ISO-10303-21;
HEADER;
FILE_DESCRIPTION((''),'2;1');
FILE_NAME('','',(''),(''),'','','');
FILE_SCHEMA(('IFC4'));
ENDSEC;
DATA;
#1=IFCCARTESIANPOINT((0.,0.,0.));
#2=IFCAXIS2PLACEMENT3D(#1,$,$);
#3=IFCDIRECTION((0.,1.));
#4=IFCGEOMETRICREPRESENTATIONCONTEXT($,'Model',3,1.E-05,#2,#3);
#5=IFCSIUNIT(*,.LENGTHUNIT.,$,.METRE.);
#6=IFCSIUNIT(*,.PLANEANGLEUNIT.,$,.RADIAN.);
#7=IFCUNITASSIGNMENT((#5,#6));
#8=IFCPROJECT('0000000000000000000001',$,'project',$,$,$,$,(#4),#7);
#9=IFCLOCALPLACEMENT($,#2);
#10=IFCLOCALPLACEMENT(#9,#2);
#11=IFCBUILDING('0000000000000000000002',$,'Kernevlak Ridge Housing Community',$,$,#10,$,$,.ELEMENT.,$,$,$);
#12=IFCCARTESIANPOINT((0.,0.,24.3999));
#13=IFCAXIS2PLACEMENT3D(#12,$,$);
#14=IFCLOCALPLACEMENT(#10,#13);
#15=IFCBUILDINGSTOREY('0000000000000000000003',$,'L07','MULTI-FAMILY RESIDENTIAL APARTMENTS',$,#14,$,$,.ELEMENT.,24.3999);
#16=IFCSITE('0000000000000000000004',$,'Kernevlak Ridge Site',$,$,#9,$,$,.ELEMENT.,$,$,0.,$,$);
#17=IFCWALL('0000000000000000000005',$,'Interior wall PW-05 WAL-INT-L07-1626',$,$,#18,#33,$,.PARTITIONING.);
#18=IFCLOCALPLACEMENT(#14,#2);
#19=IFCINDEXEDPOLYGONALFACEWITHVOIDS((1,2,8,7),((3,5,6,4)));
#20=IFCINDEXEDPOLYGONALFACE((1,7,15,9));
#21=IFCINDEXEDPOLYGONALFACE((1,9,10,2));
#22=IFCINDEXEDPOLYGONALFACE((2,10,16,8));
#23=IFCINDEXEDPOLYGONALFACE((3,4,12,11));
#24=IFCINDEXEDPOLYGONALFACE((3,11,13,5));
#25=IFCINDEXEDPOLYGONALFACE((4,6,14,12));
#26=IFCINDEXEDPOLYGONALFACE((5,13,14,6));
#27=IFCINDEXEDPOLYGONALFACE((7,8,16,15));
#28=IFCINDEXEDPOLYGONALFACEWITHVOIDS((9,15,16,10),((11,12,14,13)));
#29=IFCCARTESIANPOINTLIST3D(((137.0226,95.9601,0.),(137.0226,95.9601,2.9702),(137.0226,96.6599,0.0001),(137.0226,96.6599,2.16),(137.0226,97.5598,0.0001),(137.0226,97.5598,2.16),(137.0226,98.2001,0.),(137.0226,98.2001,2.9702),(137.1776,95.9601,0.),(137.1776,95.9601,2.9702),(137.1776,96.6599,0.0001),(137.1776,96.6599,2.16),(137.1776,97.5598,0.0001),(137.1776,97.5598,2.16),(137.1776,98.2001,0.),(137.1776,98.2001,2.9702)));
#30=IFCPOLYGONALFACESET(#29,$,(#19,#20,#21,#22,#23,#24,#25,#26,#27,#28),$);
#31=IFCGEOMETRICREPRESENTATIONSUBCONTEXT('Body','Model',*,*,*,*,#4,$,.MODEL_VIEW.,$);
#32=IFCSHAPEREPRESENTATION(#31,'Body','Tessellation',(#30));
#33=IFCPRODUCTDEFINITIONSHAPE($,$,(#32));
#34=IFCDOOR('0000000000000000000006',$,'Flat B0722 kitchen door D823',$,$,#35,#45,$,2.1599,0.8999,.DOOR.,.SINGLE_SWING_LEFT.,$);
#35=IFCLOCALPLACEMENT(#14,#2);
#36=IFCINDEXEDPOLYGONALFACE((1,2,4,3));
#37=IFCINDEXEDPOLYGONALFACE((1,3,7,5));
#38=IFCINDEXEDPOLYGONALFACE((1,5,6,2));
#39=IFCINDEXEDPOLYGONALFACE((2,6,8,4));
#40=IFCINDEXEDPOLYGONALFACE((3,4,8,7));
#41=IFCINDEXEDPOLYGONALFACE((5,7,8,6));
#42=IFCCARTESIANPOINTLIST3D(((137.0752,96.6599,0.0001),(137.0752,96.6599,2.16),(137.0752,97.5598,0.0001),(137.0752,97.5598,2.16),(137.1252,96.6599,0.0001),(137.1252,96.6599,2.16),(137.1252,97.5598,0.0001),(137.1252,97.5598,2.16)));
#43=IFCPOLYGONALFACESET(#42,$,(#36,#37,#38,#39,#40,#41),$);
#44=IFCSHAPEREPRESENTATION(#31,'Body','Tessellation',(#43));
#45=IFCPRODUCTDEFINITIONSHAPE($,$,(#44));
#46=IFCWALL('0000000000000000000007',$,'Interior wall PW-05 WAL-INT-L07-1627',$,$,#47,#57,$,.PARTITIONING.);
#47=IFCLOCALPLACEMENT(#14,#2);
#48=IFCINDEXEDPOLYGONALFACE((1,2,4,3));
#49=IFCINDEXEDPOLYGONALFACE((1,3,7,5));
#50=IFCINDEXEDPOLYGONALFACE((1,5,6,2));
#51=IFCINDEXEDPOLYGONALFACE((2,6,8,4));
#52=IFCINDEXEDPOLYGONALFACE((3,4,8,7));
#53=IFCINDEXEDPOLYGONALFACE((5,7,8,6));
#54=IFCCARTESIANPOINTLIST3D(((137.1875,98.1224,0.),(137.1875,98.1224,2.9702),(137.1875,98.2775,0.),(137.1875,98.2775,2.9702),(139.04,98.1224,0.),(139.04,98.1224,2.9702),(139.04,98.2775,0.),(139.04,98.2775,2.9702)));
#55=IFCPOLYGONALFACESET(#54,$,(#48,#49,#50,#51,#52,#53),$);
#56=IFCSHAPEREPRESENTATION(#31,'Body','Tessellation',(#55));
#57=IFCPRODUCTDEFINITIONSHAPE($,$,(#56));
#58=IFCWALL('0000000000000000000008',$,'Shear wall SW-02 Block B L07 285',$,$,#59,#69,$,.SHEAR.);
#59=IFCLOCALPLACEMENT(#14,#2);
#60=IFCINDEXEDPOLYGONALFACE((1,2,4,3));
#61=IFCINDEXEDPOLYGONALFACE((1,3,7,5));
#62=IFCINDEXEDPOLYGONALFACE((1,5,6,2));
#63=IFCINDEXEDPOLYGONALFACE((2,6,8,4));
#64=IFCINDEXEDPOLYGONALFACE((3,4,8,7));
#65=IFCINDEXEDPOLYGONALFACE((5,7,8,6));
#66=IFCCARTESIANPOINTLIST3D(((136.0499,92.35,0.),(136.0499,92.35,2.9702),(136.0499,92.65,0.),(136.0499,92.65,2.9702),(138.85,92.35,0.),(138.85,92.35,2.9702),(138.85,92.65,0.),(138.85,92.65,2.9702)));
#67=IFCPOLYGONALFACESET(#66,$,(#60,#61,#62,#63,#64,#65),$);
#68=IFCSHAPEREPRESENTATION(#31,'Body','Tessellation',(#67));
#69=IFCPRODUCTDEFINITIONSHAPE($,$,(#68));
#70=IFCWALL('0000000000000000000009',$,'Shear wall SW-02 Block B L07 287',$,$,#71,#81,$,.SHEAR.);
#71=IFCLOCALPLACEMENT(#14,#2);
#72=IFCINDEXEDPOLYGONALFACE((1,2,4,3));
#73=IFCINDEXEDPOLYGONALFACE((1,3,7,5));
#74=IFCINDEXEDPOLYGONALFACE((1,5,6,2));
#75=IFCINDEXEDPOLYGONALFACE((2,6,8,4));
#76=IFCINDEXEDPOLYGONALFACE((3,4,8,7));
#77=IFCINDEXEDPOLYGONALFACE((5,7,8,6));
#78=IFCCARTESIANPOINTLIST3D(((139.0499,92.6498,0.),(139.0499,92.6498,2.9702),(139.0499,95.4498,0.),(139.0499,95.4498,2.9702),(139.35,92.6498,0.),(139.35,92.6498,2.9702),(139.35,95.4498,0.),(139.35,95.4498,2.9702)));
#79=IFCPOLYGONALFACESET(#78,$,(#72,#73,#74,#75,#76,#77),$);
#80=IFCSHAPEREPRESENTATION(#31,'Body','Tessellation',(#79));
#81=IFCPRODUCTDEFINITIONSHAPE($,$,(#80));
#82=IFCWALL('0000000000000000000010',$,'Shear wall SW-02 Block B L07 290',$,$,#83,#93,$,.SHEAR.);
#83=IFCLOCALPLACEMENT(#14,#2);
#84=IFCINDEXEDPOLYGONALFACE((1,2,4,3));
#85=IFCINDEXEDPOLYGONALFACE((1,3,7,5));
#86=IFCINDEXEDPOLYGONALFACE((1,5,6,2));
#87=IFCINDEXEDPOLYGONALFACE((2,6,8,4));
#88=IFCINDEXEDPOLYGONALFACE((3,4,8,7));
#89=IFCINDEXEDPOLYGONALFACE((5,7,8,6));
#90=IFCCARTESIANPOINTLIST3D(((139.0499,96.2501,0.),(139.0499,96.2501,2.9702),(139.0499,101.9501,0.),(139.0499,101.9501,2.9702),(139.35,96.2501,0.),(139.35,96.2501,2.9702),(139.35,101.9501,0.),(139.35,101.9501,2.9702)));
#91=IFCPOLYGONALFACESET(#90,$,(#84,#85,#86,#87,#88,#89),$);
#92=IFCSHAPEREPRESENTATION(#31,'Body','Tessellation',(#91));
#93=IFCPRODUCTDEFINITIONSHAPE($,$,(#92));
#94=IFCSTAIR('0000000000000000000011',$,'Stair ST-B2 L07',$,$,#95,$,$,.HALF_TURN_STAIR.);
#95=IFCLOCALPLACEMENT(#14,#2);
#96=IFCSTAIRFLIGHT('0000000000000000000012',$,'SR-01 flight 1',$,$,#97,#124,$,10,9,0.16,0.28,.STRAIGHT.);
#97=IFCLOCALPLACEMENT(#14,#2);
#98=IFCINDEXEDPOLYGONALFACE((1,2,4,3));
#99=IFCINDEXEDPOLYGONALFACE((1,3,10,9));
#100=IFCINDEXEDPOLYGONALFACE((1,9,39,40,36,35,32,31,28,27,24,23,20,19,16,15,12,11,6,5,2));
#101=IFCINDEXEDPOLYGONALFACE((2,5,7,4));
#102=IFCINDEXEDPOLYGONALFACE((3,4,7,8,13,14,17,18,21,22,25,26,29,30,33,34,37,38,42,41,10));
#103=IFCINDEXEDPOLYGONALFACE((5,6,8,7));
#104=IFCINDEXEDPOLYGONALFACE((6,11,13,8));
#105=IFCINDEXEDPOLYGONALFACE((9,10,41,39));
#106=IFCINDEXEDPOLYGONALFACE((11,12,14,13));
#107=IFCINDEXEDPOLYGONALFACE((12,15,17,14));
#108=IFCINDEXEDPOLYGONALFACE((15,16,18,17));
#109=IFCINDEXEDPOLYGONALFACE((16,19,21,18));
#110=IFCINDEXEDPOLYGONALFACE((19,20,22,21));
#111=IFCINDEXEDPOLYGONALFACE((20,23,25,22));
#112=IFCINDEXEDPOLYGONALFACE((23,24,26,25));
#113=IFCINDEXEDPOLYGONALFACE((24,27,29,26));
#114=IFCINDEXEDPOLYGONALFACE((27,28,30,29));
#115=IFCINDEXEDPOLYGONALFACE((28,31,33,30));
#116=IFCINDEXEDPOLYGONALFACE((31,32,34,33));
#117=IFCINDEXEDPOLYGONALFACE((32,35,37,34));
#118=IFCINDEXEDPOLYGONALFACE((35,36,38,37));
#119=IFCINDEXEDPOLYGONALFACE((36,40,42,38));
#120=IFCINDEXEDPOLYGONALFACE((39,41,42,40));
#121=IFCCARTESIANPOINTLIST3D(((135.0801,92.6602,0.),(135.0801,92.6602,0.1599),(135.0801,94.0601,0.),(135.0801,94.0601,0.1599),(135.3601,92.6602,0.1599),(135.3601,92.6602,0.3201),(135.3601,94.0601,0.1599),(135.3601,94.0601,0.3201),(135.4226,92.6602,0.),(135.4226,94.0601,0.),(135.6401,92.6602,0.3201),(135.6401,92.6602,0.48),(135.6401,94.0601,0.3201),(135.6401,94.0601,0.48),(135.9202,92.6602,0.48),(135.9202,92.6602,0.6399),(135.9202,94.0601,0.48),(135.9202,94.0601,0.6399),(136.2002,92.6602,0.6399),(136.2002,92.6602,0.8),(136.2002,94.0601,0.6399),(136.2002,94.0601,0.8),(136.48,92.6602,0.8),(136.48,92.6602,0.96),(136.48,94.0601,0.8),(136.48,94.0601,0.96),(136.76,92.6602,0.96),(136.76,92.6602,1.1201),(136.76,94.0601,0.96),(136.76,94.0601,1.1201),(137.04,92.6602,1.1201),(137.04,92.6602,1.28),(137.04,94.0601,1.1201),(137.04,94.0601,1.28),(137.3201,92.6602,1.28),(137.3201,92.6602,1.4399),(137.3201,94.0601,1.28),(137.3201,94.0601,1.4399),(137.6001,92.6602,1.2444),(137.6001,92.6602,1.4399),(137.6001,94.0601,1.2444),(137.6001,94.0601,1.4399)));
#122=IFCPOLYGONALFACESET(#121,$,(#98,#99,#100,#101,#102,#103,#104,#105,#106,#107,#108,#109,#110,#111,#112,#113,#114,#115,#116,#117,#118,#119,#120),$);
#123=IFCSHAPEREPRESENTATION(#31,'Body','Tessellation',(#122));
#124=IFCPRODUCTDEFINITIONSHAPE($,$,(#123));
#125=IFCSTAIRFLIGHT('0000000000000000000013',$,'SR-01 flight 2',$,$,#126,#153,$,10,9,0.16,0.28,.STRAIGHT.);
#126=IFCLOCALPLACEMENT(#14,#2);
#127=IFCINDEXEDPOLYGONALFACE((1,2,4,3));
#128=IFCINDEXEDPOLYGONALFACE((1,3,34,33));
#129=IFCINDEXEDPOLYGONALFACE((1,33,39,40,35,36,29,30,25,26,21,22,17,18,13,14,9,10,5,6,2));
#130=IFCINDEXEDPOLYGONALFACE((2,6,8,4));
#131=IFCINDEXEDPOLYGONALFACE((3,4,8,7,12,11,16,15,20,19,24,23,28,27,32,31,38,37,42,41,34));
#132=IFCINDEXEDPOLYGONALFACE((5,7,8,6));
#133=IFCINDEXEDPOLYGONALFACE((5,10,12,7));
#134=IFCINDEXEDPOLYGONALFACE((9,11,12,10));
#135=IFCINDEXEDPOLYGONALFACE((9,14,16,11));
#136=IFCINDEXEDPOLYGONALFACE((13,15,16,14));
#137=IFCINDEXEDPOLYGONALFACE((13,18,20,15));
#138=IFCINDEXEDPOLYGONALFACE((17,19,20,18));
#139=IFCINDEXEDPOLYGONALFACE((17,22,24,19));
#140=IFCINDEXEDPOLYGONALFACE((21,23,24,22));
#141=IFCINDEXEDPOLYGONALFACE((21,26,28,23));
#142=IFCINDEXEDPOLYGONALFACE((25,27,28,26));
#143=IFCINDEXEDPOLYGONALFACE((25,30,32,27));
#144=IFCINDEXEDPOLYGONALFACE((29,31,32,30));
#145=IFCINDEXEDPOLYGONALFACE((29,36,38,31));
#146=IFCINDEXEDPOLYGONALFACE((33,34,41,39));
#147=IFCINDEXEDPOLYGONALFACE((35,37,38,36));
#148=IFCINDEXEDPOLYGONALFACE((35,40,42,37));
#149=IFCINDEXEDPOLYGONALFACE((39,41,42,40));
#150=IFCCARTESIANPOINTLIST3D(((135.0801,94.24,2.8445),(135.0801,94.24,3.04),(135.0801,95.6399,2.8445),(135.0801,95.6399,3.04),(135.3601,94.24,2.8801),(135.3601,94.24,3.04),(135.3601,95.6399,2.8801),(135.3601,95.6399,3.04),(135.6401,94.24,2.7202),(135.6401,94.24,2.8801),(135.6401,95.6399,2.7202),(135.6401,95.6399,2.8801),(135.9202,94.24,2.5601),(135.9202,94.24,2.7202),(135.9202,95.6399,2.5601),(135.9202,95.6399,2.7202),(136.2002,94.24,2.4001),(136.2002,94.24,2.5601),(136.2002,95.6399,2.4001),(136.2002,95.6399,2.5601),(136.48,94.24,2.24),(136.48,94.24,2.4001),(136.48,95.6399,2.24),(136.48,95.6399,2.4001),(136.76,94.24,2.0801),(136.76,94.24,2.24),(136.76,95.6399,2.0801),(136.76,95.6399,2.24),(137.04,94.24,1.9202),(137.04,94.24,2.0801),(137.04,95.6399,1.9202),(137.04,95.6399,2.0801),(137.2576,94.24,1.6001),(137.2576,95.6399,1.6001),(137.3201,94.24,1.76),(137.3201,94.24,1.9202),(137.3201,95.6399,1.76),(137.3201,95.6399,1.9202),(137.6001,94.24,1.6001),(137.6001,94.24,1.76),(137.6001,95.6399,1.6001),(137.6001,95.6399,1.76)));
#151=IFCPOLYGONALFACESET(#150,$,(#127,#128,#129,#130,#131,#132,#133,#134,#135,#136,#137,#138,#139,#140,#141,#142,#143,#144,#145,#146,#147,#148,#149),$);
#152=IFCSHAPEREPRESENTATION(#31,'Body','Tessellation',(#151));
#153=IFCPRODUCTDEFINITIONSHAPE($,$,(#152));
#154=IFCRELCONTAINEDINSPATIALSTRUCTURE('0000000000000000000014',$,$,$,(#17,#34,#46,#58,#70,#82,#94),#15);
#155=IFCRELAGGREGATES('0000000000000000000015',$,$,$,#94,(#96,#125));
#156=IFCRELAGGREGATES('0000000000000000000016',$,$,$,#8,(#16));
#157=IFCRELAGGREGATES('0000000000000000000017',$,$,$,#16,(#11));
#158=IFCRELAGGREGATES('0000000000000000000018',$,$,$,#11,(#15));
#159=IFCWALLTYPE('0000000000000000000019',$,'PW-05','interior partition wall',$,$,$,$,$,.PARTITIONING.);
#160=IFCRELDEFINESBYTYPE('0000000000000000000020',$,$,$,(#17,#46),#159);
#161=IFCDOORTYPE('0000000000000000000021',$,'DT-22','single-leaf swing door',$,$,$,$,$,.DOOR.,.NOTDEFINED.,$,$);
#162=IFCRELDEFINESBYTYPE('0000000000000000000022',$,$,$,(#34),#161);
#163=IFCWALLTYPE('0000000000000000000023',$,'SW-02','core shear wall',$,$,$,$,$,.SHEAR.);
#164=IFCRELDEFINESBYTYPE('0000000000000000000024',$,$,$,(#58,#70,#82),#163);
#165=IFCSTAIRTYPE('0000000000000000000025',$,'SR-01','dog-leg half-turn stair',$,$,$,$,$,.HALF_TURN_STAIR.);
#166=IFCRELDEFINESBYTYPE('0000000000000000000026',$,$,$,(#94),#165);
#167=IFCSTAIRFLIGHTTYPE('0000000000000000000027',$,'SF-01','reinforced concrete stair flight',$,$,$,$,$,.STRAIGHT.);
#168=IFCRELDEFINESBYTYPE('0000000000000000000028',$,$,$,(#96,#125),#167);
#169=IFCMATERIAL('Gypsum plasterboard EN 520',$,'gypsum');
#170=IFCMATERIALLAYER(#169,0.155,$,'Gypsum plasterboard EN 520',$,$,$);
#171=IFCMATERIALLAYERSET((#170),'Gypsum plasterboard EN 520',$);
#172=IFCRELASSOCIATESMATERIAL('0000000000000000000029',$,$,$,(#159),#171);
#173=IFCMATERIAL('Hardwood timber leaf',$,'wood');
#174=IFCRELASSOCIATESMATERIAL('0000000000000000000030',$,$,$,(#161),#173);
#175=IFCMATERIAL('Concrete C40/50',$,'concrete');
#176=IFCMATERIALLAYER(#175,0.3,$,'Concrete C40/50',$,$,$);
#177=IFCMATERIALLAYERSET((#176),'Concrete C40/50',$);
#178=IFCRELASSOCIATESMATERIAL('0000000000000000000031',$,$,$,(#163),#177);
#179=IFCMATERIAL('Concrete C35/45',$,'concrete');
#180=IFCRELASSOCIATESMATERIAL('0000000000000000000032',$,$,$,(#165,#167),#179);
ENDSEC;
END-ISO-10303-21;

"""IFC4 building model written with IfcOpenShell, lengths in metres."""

from ifc_helpers import new_model, si_unit, direction, frame, frame_2d, origin, place, context, subcontext, project, spatial, polyline, rectangle, outline, extrude, material, layer, layer_set, type_object, element, fill, aggregate, save


model = new_model("IFC4")

# Units and contexts
model_context = context("Model", 3, precision=1e-05, world=origin(), true_north=direction((0.0, 1.0)))
body_context = subcontext(model_context, "Body", "Model", "MODEL_VIEW")
ifc_project = project(units=[si_unit("LENGTHUNIT", "METRE"), si_unit("PLANEANGLEUNIT", "RADIAN")], contexts=[model_context])

# Site, building, storey
site_placement = place(None, origin())
site = spatial("IfcSite", under=ifc_project, at=site_placement, Name="Kernevlak Ridge Site", CompositionType="ELEMENT", RefElevation=0.0)
building_placement = place(site_placement, origin())
building = spatial("IfcBuilding", under=site, at=building_placement, Name="Kernevlak Ridge Housing Community", CompositionType="ELEMENT")
storey_placement = place(building_placement, frame((0.0, 0.0, 24.3999)))
storey = spatial("IfcBuildingStorey", under=building, at=storey_placement, Name="L07", Description="MULTI-FAMILY RESIDENTIAL APARTMENTS", CompositionType="ELEMENT", Elevation=24.3999)

# Shared definitions
ifc_material_1 = material(Name="Concrete C40/50", Category="concrete")

# Shared definitions
ifc_material_2 = material(Name="Concrete C35/45", Category="concrete")

# Shared definitions
ifc_material_3 = material(Name="Gypsum plasterboard EN 520", Category="gypsum")

# Wall, opening, door
ifc_layer_1 = layer(ifc_material_3, 0.155, Name="Gypsum plasterboard EN 520")
ifc_layer_set_1 = layer_set([ifc_layer_1], Name="Gypsum plasterboard EN 520")
wall_type_1 = type_object("IfcWallType", Name="PW-05", Description="interior partition wall", PredefinedType="PARTITIONING", material=ifc_layer_set_1)
wall_1_placement = place(storey_placement, frame((137.1001, 95.96, 0.0), z_axis=(0.0, 0.0, 1.0), x_axis=(0.0, 1.0, 0.0)))
wall_1 = element("IfcWall", 1, at=wall_1_placement, inside=storey, type_object=wall_type_1, Name="Interior wall PW-05 WAL-INT-L07-1626", PredefinedType="PARTITIONING", context=body_context, shape_type="SweptSolid", body=[
    extrude(rectangle(XDim=2.24, YDim=0.155, at=frame_2d((1.1201, 0.0))), origin(), (0.0, 0.0, 1.0), 2.9702),
])
opening_1_placement = place(wall_1_placement, frame((0.7, 0.0, 0.0)))
opening_1 = element("IfcOpeningElement", 2, at=opening_1_placement, cuts=wall_1, PredefinedType="OPENING", context=body_context, shape_type="SweptSolid", body=[
    extrude(rectangle(XDim=0.8999, YDim=2.1599, at=frame_2d((0.45, 1.0801))), frame((0.0, 0.0874, 0.0), z_axis=(0.0, -1.0, 0.0), x_axis=(1.0, 0.0, 0.0)), (0.0, 0.0, 1.0), 0.175),
])
ifc_material_4 = material(Name="Hardwood timber leaf", Category="wood")
door_type_1 = type_object("IfcDoorType", Name="DT-22", Description="single-leaf swing door", OperationType="NOTDEFINED", PredefinedType="DOOR", material=ifc_material_4)
door_1_placement = place(opening_1_placement, origin())
door_1 = element("IfcDoor", 3, at=door_1_placement, inside=storey, type_object=door_type_1, Name="Flat B0722 kitchen door D823", OperationType="SINGLE_SWING_LEFT", OverallHeight=2.1599, OverallWidth=0.8999, PredefinedType="DOOR", context=body_context, shape_type="SweptSolid", body=[
    extrude(rectangle(XDim=0.8999, YDim=2.1599, at=frame_2d((0.45, 1.0801))), frame((0.0, 0.0249, 0.0), z_axis=(0.0, -1.0, 0.0), x_axis=(1.0, 0.0, 0.0)), (0.0, 0.0, 1.0), 0.05),
])
fill(opening_1, door_1)

# Walls
wall_2_placement = place(storey_placement, frame((137.1875, 98.2, 0.0), z_axis=(0.0, 0.0, 1.0), x_axis=(1.0, 0.0, 0.0)))
element("IfcWall", 4, at=wall_2_placement, inside=storey, type_object=wall_type_1, Name="Interior wall PW-05 WAL-INT-L07-1627", PredefinedType="PARTITIONING", context=body_context, shape_type="SweptSolid", body=[
    extrude(rectangle(XDim=1.8525, YDim=0.155, at=frame_2d((0.9263, 0.0))), origin(), (0.0, 0.0, 1.0), 2.9702),
])
ifc_layer_2 = layer(ifc_material_1, 0.3, Name="Concrete C40/50")
ifc_layer_set_2 = layer_set([ifc_layer_2], Name="Concrete C40/50")
wall_type_2 = type_object("IfcWallType", Name="SW-02", Description="core shear wall", PredefinedType="SHEAR", material=ifc_layer_set_2)
for number, where, z_axis, x_axis, name in (
    (5, (136.05, 92.5, 0.0), (0.0, 0.0, 1.0), (1.0, 0.0, 0.0), "Shear wall SW-02 Block B L07 285"),
    (6, (139.2, 92.6499, 0.0), (0.0, 0.0, 1.0), (0.0, 1.0, 0.0), "Shear wall SW-02 Block B L07 287"),
):
    element("IfcWall", number, at=place(storey_placement, frame(where, z_axis=z_axis, x_axis=x_axis)), inside=storey, type_object=wall_type_2, Name=name, PredefinedType="SHEAR", context=body_context, shape_type="SweptSolid", body=[
        extrude(rectangle(XDim=2.8, YDim=0.3, at=frame_2d((1.3999, 0.0))), origin(), (0.0, 0.0, 1.0), 2.9702),
    ])
wall_3_placement = place(storey_placement, frame((139.2, 96.25, 0.0), z_axis=(0.0, 0.0, 1.0), x_axis=(0.0, 1.0, 0.0)))
element("IfcWall", 7, at=wall_3_placement, inside=storey, type_object=wall_type_2, Name="Shear wall SW-02 Block B L07 290", PredefinedType="SHEAR", context=body_context, shape_type="SweptSolid", body=[
    extrude(rectangle(XDim=5.7, YDim=0.3, at=frame_2d((2.8501, 0.0))), origin(), (0.0, 0.0, 1.0), 2.9702),
])

# Stair, stair flights
stair_type = type_object("IfcStairType", Name="SR-01", Description="dog-leg half-turn stair", PredefinedType="HALF_TURN_STAIR", material=ifc_material_2)
stair_placement = place(storey_placement, origin())
stair = element("IfcStair", 8, at=stair_placement, inside=storey, type_object=stair_type, Name="Stair ST-B2 L07", PredefinedType="HALF_TURN_STAIR")
stair_flight_type = type_object("IfcStairFlightType", Name="SF-01", Description="reinforced concrete stair flight", PredefinedType="STRAIGHT", material=ifc_material_2)
stair_flight_1_placement = place(storey_placement, frame((135.0801, 93.3601, 0.0), z_axis=(0.0, 0.0, 1.0), x_axis=(1.0, 0.0, 0.0)))
stair_flight_1 = element("IfcStairFlight", 9, at=stair_flight_1_placement, type_object=stair_flight_type, Name="SR-01 flight 1", NumberOfRisers=10, NumberOfTreads=9, PredefinedType="STRAIGHT", RiserHeight=0.16, TreadLength=0.28, context=body_context, shape_type="SweptSolid", body=[
    extrude(outline(polyline([(0.0, 0.0), (0.0, 0.1599), (0.28, 0.1599), (0.28, 0.3201), (0.5601, 0.3201), (0.5601, 0.48), (0.8401, 0.48), (0.8401, 0.6399), (1.1201, 0.6399), (1.1201, 0.8), (1.3999, 0.8), (1.3999, 0.96), (1.6799, 0.96), (1.6799, 1.1201), (1.96, 1.1201), (1.96, 1.28), (2.24, 1.28), (2.24, 1.4399), (2.52, 1.4399), (2.52, 1.6001), (2.52, 1.2444), (0.3425, 0.0), (0.0, 0.0)])), frame((0.0, 0.7, 0.0), z_axis=(0.0, -1.0, 0.0), x_axis=(1.0, 0.0, 0.0)), (0.0, 0.0, 1.0), 1.3999),
])
stair_flight_2_placement = place(storey_placement, frame((137.6001, 94.9399, 1.6001), z_axis=(0.0, 0.0, 1.0), x_axis=(-1.0, 0.0, 0.0)))
stair_flight_2 = element("IfcStairFlight", 10, at=stair_flight_2_placement, type_object=stair_flight_type, Name="SR-01 flight 2", NumberOfRisers=10, NumberOfTreads=9, PredefinedType="STRAIGHT", RiserHeight=0.16, TreadLength=0.28, context=body_context, shape_type="SweptSolid", body=[
    extrude(outline(polyline([(0.0, 0.0), (0.0, 0.1599), (0.28, 0.1599), (0.28, 0.3201), (0.5601, 0.3201), (0.5601, 0.48), (0.8401, 0.48), (0.8401, 0.6399), (1.1201, 0.6399), (1.1201, 0.8), (1.3999, 0.8), (1.3999, 0.96), (1.6799, 0.96), (1.6799, 1.1201), (1.96, 1.1201), (1.96, 1.28), (2.24, 1.28), (2.24, 1.4399), (2.52, 1.4399), (2.52, 1.6001), (2.52, 1.2444), (0.3425, 0.0), (0.0, 0.0)])), frame((0.0, 0.7, 0.0), z_axis=(0.0, -1.0, 0.0), x_axis=(1.0, 0.0, 0.0)), (0.0, 0.0, 1.0), 1.3999),
])
aggregate(stair, [stair_flight_1, stair_flight_2])

save(model, "model.ifc")
